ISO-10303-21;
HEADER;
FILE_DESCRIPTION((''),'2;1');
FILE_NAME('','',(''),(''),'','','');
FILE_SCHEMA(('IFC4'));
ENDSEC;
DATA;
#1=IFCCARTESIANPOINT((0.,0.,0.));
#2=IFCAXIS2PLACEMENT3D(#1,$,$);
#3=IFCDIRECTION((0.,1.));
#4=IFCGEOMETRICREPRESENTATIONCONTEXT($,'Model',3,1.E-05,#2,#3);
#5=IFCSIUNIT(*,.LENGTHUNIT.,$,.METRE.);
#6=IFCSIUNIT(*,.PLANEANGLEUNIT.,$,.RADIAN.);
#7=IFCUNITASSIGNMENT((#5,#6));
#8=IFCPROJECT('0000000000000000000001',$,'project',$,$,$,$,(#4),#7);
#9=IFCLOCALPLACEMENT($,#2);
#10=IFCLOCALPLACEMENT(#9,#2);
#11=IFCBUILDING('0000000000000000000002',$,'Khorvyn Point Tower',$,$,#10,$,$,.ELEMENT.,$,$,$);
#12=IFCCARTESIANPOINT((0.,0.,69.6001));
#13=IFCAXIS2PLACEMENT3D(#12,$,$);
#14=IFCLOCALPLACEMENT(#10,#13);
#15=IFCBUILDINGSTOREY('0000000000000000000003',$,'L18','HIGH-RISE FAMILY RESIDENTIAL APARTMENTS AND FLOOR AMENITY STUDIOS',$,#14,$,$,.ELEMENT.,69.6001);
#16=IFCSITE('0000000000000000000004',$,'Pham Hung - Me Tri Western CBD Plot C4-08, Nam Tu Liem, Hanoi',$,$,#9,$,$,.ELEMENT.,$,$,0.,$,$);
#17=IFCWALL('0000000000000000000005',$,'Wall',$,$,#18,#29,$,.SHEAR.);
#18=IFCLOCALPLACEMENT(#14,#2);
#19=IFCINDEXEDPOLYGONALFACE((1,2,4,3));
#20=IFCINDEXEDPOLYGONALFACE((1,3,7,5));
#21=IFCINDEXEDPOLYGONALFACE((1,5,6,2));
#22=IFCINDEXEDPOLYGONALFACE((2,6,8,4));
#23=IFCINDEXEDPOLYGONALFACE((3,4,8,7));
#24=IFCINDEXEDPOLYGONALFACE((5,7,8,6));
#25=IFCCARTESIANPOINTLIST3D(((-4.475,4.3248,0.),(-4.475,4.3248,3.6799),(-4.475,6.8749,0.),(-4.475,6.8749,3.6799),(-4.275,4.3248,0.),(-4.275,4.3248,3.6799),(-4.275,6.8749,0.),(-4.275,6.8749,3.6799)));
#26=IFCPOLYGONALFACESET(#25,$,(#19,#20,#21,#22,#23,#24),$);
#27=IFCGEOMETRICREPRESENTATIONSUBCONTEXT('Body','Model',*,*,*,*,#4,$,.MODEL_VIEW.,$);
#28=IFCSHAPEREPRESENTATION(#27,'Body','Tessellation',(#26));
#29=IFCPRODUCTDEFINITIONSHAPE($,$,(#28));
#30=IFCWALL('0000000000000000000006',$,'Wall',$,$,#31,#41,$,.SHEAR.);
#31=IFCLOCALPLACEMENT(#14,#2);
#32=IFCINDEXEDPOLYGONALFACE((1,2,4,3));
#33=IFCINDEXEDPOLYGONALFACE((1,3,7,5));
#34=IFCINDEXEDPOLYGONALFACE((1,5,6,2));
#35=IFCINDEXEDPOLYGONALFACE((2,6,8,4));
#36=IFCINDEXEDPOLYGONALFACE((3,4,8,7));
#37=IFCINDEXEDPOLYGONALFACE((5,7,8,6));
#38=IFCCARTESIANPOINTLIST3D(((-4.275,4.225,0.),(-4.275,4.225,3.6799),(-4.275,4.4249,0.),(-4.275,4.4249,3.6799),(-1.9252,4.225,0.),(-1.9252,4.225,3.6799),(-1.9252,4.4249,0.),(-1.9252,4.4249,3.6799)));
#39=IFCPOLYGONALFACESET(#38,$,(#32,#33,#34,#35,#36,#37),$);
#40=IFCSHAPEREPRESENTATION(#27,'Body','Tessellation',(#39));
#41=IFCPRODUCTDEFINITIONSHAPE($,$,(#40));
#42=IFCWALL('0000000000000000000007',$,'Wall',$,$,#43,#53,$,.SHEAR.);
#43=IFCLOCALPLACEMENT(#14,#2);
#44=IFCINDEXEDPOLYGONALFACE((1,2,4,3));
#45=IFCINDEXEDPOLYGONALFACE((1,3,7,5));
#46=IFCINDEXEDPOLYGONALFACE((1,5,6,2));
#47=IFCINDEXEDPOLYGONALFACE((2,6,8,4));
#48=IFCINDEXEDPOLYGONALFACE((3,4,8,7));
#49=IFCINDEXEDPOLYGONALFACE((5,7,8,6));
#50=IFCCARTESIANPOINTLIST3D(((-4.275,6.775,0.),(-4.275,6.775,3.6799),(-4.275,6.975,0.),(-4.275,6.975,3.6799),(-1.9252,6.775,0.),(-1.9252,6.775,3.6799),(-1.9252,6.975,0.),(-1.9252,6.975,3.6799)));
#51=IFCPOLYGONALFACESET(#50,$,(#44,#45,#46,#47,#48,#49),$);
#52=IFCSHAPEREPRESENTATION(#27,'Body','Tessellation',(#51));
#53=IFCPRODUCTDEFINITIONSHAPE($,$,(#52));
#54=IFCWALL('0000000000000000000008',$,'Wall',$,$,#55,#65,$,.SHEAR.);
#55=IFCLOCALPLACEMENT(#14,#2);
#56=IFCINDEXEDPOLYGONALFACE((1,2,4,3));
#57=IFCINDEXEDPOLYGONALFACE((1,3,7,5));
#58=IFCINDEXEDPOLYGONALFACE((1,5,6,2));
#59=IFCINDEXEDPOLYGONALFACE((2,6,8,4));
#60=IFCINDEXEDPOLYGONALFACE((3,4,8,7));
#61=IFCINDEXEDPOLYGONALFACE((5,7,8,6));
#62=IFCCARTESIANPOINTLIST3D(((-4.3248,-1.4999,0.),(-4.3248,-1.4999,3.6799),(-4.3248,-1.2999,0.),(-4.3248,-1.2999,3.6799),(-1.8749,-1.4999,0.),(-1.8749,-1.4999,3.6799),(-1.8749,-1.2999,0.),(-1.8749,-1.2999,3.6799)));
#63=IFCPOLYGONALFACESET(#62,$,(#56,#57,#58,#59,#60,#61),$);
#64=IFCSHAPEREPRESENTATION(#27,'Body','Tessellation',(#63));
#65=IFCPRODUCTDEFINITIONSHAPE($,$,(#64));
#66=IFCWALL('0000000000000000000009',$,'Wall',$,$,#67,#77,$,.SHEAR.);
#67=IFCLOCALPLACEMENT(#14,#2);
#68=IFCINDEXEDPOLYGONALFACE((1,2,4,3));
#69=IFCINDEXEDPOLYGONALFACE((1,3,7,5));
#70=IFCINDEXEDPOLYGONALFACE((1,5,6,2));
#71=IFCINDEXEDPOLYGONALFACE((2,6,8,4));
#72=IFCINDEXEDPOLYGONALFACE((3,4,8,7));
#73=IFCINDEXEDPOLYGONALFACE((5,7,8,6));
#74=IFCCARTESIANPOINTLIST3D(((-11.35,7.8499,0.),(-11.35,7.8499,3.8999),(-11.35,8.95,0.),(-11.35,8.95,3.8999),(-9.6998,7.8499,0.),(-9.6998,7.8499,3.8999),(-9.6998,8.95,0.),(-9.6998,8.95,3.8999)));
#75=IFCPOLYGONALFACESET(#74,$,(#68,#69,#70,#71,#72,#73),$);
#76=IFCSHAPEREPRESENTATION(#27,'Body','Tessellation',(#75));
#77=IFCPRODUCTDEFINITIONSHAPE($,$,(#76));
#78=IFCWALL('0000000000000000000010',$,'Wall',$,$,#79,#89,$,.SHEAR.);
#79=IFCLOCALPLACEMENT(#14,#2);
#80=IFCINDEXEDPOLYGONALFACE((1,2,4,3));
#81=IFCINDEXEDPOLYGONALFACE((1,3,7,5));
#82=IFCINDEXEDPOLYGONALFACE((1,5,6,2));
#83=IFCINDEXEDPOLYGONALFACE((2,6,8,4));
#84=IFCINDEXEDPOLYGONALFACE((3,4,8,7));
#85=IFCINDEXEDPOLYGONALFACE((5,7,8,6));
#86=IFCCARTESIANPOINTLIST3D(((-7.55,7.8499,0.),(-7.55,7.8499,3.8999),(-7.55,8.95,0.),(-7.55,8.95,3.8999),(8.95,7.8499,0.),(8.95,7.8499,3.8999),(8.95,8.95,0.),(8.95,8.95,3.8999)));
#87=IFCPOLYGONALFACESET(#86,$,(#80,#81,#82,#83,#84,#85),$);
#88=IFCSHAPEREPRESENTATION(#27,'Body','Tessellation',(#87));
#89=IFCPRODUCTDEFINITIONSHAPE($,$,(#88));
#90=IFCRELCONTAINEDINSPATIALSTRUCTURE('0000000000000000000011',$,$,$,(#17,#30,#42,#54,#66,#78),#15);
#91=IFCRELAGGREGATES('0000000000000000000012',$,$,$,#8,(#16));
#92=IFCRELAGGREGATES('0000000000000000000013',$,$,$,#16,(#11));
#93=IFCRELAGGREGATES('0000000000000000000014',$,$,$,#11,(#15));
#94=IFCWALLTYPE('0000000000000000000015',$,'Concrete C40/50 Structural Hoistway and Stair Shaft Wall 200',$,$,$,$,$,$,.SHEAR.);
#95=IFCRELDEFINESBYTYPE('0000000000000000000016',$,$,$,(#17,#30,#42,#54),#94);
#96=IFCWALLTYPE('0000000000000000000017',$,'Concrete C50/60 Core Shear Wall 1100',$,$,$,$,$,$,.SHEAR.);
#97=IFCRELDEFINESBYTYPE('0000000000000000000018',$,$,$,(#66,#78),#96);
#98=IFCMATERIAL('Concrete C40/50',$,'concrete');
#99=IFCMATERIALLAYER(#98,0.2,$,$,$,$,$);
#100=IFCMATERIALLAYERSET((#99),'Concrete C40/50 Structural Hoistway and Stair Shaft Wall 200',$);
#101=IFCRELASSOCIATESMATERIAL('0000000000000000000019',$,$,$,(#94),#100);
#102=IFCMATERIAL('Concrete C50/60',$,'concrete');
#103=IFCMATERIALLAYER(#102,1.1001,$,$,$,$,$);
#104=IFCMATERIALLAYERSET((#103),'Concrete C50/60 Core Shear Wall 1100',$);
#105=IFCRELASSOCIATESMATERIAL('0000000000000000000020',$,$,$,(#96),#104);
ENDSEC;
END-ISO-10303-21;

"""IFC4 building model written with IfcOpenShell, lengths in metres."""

from ifc_helpers import new_model, si_unit, direction, frame, frame_2d, origin, place, context, subcontext, project, spatial, rectangle, extrude, material, layer, layer_set, type_object, element, save


model = new_model("IFC4")

# Units and contexts
model_context = context("Model", 3, precision=1e-05, world=origin(), true_north=direction((0.0, 1.0)))
body_context = subcontext(model_context, "Body", "Model", "MODEL_VIEW")
ifc_project = project(units=[si_unit("LENGTHUNIT", "METRE"), si_unit("PLANEANGLEUNIT", "RADIAN")], contexts=[model_context])

# Site, building, storey
site_placement = place(None, origin())
site = spatial("IfcSite", under=ifc_project, at=site_placement, Name="Pham Hung - Me Tri Western CBD Plot C4-08, Nam Tu Liem, Hanoi", CompositionType="ELEMENT", RefElevation=0.0)
building_placement = place(site_placement, origin())
building = spatial("IfcBuilding", under=site, at=building_placement, Name="Khorvyn Point Tower", CompositionType="ELEMENT")
storey_placement = place(building_placement, frame((0.0, 0.0, 69.6001)))
storey = spatial("IfcBuildingStorey", under=building, at=storey_placement, Name="L18", Description="HIGH-RISE FAMILY RESIDENTIAL APARTMENTS AND FLOOR AMENITY STUDIOS", CompositionType="ELEMENT", Elevation=69.6001)

# Shared definitions
ifc_material_1 = material(Name="Concrete C40/50", Category="concrete")
ifc_material_2 = material(Name="Concrete C50/60", Category="concrete")

# Walls
ifc_layer_1 = layer(ifc_material_1, 0.2)
ifc_layer_set_1 = layer_set([ifc_layer_1], Name="Concrete C40/50 Structural Hoistway and Stair Shaft Wall 200")
wall_type_1 = type_object("IfcWallType", Name="Concrete C40/50 Structural Hoistway and Stair Shaft Wall 200", PredefinedType="SHEAR", material=ifc_layer_set_1)
wall_1_placement = place(storey_placement, frame((-4.375, 4.325, 0.0), z_axis=(0.0, 0.0, 1.0), x_axis=(0.0, 1.0, 0.0)))
element("IfcWall", 1, at=wall_1_placement, inside=storey, type_object=wall_type_1, Name="Wall", PredefinedType="SHEAR", context=body_context, shape_type="SweptSolid", body=[
    extrude(rectangle(XDim=2.55, YDim=0.2, at=frame_2d((1.2749, 0.0))), origin(), (0.0, 0.0, 1.0), 3.6799),
])
for number, where, z_axis, x_axis, name in (
    (2, (-4.2749, 4.325, 0.0), (0.0, 0.0, 1.0), (1.0, 0.0, 0.0), "Wall"),
    (3, (-4.2749, 6.875, 0.0), (0.0, 0.0, 1.0), (1.0, 0.0, 0.0), "Wall"),
):
    element("IfcWall", number, at=place(storey_placement, frame(where, z_axis=z_axis, x_axis=x_axis)), inside=storey, type_object=wall_type_1, Name=name, PredefinedType="SHEAR", context=body_context, shape_type="SweptSolid", body=[
        extrude(rectangle(XDim=2.3499, YDim=0.2, at=frame_2d((1.1748, 0.0))), origin(), (0.0, 0.0, 1.0), 3.6799),
    ])
wall_2_placement = place(storey_placement, frame((-4.325, -1.3999, 0.0), z_axis=(0.0, 0.0, 1.0), x_axis=(1.0, 0.0, 0.0)))
element("IfcWall", 4, at=wall_2_placement, inside=storey, type_object=wall_type_1, Name="Wall", PredefinedType="SHEAR", context=body_context, shape_type="SweptSolid", body=[
    extrude(rectangle(XDim=2.45, YDim=0.2, at=frame_2d((1.2251, 0.0))), origin(), (0.0, 0.0, 1.0), 3.6799),
])
ifc_layer_2 = layer(ifc_material_2, 1.1001)
ifc_layer_set_2 = layer_set([ifc_layer_2], Name="Concrete C50/60 Core Shear Wall 1100")
wall_type_2 = type_object("IfcWallType", Name="Concrete C50/60 Core Shear Wall 1100", PredefinedType="SHEAR", material=ifc_layer_set_2)
wall_3_placement = place(storey_placement, frame((-11.3501, 8.3999, 0.0), z_axis=(0.0, 0.0, 1.0), x_axis=(1.0, 0.0, 0.0)))
element("IfcWall", 5, at=wall_3_placement, inside=storey, type_object=wall_type_2, Name="Wall", PredefinedType="SHEAR", context=body_context, shape_type="SweptSolid", body=[
    extrude(rectangle(XDim=1.6501, YDim=1.1001, at=frame_2d((0.8252, 0.0))), origin(), (0.0, 0.0, 1.0), 3.8999),
])
wall_4_placement = place(storey_placement, frame((-7.55, 8.3999, 0.0), z_axis=(0.0, 0.0, 1.0), x_axis=(1.0, 0.0, 0.0)))
element("IfcWall", 6, at=wall_4_placement, inside=storey, type_object=wall_type_2, Name="Wall", PredefinedType="SHEAR", context=body_context, shape_type="SweptSolid", body=[
    extrude(rectangle(XDim=16.5, YDim=1.1001, at=frame_2d((8.25, 0.0))), origin(), (0.0, 0.0, 1.0), 3.8999),
])

save(model, "model.ifc")
